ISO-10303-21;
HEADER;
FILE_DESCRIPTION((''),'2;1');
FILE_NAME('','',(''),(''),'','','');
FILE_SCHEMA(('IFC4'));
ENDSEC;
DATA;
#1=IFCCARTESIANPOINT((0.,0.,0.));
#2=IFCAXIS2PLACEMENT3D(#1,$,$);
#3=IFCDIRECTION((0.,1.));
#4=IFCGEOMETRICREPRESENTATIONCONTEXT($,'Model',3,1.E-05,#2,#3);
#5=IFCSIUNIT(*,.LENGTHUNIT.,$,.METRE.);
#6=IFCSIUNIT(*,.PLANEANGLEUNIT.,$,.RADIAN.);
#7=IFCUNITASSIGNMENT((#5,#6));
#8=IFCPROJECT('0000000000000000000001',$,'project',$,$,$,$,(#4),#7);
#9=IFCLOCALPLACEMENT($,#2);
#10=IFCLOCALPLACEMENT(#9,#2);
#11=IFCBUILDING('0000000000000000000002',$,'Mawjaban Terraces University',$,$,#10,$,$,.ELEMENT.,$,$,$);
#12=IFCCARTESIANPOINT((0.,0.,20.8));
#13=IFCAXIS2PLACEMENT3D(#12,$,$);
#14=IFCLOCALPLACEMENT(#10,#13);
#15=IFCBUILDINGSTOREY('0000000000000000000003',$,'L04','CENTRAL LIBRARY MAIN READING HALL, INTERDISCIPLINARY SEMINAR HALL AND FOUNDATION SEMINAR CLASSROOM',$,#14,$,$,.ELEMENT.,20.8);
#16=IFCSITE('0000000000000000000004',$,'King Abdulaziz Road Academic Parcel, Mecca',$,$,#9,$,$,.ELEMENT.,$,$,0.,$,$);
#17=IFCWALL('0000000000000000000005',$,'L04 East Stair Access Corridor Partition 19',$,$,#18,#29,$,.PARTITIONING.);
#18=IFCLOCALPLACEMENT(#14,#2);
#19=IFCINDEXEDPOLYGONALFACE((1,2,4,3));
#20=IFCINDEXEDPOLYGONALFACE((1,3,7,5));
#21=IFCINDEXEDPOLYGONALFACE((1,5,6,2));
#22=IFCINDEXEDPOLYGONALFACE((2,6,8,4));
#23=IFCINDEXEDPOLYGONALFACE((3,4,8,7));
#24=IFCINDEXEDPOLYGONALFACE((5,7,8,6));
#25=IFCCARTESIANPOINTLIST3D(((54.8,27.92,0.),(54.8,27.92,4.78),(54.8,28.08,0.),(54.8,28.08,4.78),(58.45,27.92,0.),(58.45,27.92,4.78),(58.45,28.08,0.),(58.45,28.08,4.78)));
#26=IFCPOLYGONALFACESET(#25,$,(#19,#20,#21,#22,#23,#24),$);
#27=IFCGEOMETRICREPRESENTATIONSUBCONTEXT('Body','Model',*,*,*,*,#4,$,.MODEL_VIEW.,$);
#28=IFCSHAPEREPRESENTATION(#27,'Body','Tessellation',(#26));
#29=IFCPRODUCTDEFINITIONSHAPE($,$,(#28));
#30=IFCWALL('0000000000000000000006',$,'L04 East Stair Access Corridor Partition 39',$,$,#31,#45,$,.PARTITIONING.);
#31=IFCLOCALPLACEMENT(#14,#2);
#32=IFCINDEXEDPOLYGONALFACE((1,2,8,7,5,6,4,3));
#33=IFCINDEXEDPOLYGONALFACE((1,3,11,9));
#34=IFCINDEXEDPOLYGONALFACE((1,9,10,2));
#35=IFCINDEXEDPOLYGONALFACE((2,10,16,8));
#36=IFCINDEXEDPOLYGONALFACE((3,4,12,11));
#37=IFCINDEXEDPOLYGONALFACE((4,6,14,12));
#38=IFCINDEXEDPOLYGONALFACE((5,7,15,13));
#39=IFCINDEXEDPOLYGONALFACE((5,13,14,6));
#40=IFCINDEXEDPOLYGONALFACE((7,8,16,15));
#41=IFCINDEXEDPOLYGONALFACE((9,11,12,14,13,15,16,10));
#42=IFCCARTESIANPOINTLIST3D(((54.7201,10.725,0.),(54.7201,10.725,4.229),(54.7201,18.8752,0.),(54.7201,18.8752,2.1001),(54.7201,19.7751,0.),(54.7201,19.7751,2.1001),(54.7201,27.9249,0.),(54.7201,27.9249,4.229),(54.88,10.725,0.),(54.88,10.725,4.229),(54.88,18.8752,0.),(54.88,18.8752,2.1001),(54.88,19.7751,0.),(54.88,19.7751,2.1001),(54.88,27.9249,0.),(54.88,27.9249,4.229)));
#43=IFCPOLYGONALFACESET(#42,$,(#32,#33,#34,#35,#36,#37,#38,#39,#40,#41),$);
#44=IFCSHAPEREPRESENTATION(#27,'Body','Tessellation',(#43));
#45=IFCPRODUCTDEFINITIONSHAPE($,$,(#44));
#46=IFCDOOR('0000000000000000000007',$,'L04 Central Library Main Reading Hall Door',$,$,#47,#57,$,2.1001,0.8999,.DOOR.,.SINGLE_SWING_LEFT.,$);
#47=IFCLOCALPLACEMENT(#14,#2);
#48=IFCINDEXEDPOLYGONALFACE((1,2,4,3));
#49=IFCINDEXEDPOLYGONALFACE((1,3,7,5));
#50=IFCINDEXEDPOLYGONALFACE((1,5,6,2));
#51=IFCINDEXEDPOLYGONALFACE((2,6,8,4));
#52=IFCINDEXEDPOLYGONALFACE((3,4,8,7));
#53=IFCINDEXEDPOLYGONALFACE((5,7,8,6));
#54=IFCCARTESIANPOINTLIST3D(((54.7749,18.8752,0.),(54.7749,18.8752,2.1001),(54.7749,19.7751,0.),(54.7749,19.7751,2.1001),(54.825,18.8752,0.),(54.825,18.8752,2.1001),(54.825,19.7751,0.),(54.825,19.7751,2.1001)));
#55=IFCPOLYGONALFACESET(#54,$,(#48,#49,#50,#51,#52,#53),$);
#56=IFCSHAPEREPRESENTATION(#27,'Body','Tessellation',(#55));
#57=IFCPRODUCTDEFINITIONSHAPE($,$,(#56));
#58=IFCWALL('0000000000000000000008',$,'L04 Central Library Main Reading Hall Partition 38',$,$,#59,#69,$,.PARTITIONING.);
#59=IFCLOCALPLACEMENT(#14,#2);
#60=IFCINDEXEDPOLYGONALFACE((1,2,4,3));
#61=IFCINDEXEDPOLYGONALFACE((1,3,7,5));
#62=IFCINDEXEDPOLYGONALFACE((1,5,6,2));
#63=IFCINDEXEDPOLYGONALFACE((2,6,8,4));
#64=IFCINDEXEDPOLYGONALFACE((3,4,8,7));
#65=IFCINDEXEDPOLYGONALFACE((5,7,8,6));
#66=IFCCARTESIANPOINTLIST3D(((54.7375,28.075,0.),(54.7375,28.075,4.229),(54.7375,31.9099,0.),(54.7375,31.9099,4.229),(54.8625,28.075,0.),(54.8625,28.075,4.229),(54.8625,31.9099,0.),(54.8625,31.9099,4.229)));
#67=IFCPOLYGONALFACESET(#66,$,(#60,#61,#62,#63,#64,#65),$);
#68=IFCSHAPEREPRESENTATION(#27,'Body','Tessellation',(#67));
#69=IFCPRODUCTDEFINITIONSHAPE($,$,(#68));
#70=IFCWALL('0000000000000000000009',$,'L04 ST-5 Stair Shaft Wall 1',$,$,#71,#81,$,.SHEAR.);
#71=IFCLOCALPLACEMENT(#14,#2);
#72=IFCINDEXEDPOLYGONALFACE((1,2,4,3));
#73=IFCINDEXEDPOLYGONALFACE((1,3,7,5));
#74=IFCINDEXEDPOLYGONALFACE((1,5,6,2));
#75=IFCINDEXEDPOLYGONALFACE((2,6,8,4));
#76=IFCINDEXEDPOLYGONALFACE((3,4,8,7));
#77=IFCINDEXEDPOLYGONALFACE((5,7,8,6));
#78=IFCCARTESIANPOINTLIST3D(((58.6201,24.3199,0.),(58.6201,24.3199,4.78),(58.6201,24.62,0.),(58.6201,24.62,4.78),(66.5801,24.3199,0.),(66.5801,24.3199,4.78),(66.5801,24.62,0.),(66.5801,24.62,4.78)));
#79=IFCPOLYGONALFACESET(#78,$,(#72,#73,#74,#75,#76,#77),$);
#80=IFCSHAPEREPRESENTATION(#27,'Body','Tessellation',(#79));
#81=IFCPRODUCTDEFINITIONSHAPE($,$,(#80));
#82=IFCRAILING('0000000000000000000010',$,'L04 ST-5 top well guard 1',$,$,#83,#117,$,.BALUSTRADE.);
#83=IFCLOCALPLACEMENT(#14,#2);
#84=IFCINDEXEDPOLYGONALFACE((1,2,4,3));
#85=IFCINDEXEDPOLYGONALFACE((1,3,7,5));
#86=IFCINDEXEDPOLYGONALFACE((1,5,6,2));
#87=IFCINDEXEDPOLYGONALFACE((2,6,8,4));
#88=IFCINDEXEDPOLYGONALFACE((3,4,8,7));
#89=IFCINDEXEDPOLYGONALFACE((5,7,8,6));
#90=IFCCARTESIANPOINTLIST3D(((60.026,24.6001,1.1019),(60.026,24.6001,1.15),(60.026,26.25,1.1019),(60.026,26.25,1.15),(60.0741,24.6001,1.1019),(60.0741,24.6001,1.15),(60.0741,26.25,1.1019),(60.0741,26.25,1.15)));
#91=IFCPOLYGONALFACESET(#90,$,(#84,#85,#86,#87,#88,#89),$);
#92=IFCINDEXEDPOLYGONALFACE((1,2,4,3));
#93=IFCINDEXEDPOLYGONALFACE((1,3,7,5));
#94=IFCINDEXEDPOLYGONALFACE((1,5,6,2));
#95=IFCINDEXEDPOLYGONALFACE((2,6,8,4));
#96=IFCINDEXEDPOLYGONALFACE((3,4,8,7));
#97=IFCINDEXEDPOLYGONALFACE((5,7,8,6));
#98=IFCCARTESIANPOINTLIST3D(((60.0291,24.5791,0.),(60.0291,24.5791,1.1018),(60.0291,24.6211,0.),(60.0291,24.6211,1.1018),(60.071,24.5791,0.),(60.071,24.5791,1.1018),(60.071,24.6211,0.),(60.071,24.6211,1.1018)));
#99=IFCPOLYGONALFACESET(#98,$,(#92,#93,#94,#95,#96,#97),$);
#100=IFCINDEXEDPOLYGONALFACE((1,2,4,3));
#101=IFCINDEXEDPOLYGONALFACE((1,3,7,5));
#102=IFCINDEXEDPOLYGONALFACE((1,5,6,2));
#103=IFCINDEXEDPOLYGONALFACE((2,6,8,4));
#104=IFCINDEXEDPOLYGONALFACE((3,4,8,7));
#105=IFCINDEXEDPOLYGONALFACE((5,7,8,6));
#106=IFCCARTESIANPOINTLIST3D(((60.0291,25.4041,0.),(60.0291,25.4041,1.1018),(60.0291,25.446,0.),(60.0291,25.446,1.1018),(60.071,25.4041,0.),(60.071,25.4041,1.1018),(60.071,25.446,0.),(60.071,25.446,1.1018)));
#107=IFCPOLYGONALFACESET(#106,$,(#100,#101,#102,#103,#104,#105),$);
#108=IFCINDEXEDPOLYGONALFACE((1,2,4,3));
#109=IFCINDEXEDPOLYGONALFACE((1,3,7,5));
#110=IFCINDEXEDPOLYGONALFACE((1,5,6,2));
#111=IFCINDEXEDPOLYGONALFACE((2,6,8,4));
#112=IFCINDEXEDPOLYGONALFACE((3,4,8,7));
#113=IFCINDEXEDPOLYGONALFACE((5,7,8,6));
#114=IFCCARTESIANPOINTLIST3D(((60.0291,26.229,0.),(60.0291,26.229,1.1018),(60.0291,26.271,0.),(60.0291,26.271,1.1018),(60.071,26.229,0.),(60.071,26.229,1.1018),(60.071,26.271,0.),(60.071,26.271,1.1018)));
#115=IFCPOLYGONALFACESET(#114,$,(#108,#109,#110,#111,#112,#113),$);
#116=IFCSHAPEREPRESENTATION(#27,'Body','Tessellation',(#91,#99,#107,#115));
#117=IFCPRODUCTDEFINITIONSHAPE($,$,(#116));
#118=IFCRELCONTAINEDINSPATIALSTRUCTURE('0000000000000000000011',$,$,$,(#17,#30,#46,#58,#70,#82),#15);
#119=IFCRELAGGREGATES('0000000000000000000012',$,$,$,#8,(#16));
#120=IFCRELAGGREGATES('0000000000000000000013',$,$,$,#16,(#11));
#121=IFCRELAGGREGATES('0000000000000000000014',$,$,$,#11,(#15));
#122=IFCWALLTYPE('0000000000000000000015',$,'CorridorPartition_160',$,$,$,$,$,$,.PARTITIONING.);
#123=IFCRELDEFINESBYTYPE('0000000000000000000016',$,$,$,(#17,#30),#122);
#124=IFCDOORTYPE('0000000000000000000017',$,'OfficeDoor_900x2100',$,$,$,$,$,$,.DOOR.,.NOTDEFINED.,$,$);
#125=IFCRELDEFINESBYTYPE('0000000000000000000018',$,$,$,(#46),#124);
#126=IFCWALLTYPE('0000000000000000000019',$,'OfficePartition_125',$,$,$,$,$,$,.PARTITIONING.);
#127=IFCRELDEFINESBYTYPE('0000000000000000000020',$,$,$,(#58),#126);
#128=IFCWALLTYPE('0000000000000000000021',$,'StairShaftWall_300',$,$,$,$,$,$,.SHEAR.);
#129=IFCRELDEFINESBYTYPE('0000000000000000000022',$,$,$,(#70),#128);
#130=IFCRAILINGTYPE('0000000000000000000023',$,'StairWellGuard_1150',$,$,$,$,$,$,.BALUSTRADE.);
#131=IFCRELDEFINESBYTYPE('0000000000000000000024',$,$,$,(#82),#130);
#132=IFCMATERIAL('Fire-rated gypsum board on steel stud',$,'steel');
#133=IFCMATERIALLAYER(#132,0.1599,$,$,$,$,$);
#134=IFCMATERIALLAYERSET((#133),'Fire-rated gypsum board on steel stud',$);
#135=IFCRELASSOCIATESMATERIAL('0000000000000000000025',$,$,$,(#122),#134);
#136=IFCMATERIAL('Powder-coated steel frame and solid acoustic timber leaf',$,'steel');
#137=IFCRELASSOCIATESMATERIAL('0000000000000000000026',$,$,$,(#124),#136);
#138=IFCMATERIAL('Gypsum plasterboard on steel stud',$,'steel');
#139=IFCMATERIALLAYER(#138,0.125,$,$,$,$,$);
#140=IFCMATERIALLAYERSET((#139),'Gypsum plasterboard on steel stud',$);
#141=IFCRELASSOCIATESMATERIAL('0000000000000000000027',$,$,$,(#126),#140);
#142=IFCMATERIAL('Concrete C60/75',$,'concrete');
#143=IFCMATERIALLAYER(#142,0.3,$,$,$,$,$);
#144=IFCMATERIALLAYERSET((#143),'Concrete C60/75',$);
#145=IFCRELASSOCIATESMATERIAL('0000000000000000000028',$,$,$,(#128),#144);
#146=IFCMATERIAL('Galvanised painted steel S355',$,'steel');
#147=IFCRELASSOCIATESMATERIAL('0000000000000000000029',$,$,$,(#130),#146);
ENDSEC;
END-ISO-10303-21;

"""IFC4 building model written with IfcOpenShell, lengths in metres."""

from ifc_helpers import new_model, si_unit, direction, frame, frame_2d, origin, origin_2d, place, context, subcontext, project, spatial, rectangle, extrude, material, layer, layer_set, type_object, element, fill, save


model = new_model("IFC4")

# Units and contexts
model_context = context("Model", 3, precision=1e-05, world=origin(), true_north=direction((0.0, 1.0)))
body_context = subcontext(model_context, "Body", "Model", "MODEL_VIEW")
ifc_project = project(units=[si_unit("LENGTHUNIT", "METRE"), si_unit("PLANEANGLEUNIT", "RADIAN")], contexts=[model_context])

# Site, building, storey
site_placement = place(None, origin())
site = spatial("IfcSite", under=ifc_project, at=site_placement, Name="King Abdulaziz Road Academic Parcel, Mecca", CompositionType="ELEMENT", RefElevation=0.0)
building_placement = place(site_placement, origin())
building = spatial("IfcBuilding", under=site, at=building_placement, Name="Mawjaban Terraces University", CompositionType="ELEMENT")
storey_placement = place(building_placement, frame((0.0, 0.0, 20.8)))
storey = spatial("IfcBuildingStorey", under=building, at=storey_placement, Name="L04", Description="CENTRAL LIBRARY MAIN READING HALL, INTERDISCIPLINARY SEMINAR HALL AND FOUNDATION SEMINAR CLASSROOM", CompositionType="ELEMENT", Elevation=20.8)

# Wall
ifc_material_1 = material(Name="Fire-rated gypsum board on steel stud", Category="steel")
ifc_layer_1 = layer(ifc_material_1, 0.1599)
ifc_layer_set_1 = layer_set([ifc_layer_1], Name="Fire-rated gypsum board on steel stud")
wall_type_1 = type_object("IfcWallType", Name="CorridorPartition_160", PredefinedType="PARTITIONING", material=ifc_layer_set_1)
wall_1_placement = place(storey_placement, frame((58.45, 28.0, 0.0), z_axis=(0.0, 0.0, 1.0), x_axis=(-1.0, 0.0, 0.0)))
element("IfcWall", 1, at=wall_1_placement, inside=storey, type_object=wall_type_1, Name="L04 East Stair Access Corridor Partition 19", PredefinedType="PARTITIONING", context=body_context, shape_type="SweptSolid", body=[
    extrude(rectangle(XDim=3.6499, YDim=0.1599, at=frame_2d((1.825, 0.0))), origin(), (0.0, 0.0, 1.0), 4.78),
])

# Wall, opening, door
wall_2_placement = place(storey_placement, frame((54.8, 27.925, 0.0), z_axis=(0.0, 0.0, 1.0), x_axis=(0.0, -1.0, 0.0)))
wall_2 = element("IfcWall", 2, at=wall_2_placement, inside=storey, type_object=wall_type_1, Name="L04 East Stair Access Corridor Partition 39", PredefinedType="PARTITIONING", context=body_context, shape_type="SweptSolid", body=[
    extrude(rectangle(XDim=17.2, YDim=0.1599, at=frame_2d((8.6001, 0.0))), origin(), (0.0, 0.0, 1.0), 4.229),
])
opening_1_placement = place(wall_2_placement, frame((8.1499, 0.0, 0.0)))
opening_1 = element("IfcOpeningElement", 3, at=opening_1_placement, cuts=wall_2, PredefinedType="OPENING", context=body_context, shape_type="SweptSolid", body=[
    extrude(rectangle(XDim=0.8999, YDim=2.1001, at=frame_2d((0.45, 1.05))), frame((0.0, 0.0898, 0.0), z_axis=(0.0, -1.0, 0.0), x_axis=(1.0, 0.0, 0.0)), (0.0, 0.0, 1.0), 0.1799),
])
ifc_material_2 = material(Name="Powder-coated steel frame and solid acoustic timber leaf", Category="steel")
door_type_1 = type_object("IfcDoorType", Name="OfficeDoor_900x2100", OperationType="NOTDEFINED", PredefinedType="DOOR", material=ifc_material_2)
door_1_placement = place(opening_1_placement, origin())
door_1 = element("IfcDoor", 4, at=door_1_placement, inside=storey, type_object=door_type_1, Name="L04 Central Library Main Reading Hall Door", OperationType="SINGLE_SWING_LEFT", OverallHeight=2.1001, OverallWidth=0.8999, PredefinedType="DOOR", context=body_context, shape_type="SweptSolid", body=[
    extrude(rectangle(XDim=0.8999, YDim=2.1001, at=frame_2d((0.45, 1.05))), frame((0.0, 0.0249, 0.0), z_axis=(0.0, -1.0, 0.0), x_axis=(1.0, 0.0, 0.0)), (0.0, 0.0, 1.0), 0.05),
])
fill(opening_1, door_1)

# Walls
ifc_material_3 = material(Name="Gypsum plasterboard on steel stud", Category="steel")
ifc_layer_2 = layer(ifc_material_3, 0.125)
ifc_layer_set_2 = layer_set([ifc_layer_2], Name="Gypsum plasterboard on steel stud")
wall_type_2 = type_object("IfcWallType", Name="OfficePartition_125", PredefinedType="PARTITIONING", material=ifc_layer_set_2)
wall_3_placement = place(storey_placement, frame((54.8, 28.075, 0.0), z_axis=(0.0, 0.0, 1.0), x_axis=(0.0, 1.0, 0.0)))
element("IfcWall", 5, at=wall_3_placement, inside=storey, type_object=wall_type_2, Name="L04 Central Library Main Reading Hall Partition 38", PredefinedType="PARTITIONING", context=body_context, shape_type="SweptSolid", body=[
    extrude(rectangle(XDim=3.835, YDim=0.125, at=frame_2d((1.9175, 0.0))), origin(), (0.0, 0.0, 1.0), 4.229),
])
ifc_material_4 = material(Name="Concrete C60/75", Category="concrete")
ifc_layer_3 = layer(ifc_material_4, 0.3)
ifc_layer_set_3 = layer_set([ifc_layer_3], Name="Concrete C60/75")
wall_type_3 = type_object("IfcWallType", Name="StairShaftWall_300", PredefinedType="SHEAR", material=ifc_layer_set_3)
wall_4_placement = place(storey_placement, frame((58.6201, 24.47, 0.0), z_axis=(0.0, 0.0, 1.0), x_axis=(1.0, 0.0, 0.0)))
element("IfcWall", 6, at=wall_4_placement, inside=storey, type_object=wall_type_3, Name="L04 ST-5 Stair Shaft Wall 1", PredefinedType="SHEAR", context=body_context, shape_type="SweptSolid", body=[
    extrude(rectangle(XDim=7.96, YDim=0.3, at=frame_2d((3.98, 0.0))), origin(), (0.0, 0.0, 1.0), 4.78),
])

# Railing
ifc_material_5 = material(Name="Galvanised painted steel S355", Category="steel")
railing_type = type_object("IfcRailingType", Name="StairWellGuard_1150", PredefinedType="BALUSTRADE", material=ifc_material_5)
railing_placement = place(storey_placement, frame((60.05, 24.6001, 0.0)))
element("IfcRailing", 7, at=railing_placement, inside=storey, type_object=railing_type, Name="L04 ST-5 top well guard 1", PredefinedType="BALUSTRADE", context=body_context, shape_type="SweptSolid", body=[
    extrude(rectangle(XDim=0.0481, YDim=0.0481, at=origin_2d()), frame((0.0, 0.0, 1.126), z_axis=(0.0, 1.0, 0.0), x_axis=(-1.0, 0.0, 0.0)), (0.0, 0.0, 1.0), 1.6499),
    extrude(rectangle(XDim=0.042, YDim=0.042, at=origin_2d()), origin(), (0.0, 0.0, 1.0), 1.1018),
    extrude(rectangle(XDim=0.042, YDim=0.042, at=origin_2d()), frame((0.0, 0.825, 0.0)), (0.0, 0.0, 1.0), 1.1018),
    extrude(rectangle(XDim=0.042, YDim=0.042, at=origin_2d()), frame((0.0, 1.6499, 0.0)), (0.0, 0.0, 1.0), 1.1018),
])

save(model, "model.ifc")
